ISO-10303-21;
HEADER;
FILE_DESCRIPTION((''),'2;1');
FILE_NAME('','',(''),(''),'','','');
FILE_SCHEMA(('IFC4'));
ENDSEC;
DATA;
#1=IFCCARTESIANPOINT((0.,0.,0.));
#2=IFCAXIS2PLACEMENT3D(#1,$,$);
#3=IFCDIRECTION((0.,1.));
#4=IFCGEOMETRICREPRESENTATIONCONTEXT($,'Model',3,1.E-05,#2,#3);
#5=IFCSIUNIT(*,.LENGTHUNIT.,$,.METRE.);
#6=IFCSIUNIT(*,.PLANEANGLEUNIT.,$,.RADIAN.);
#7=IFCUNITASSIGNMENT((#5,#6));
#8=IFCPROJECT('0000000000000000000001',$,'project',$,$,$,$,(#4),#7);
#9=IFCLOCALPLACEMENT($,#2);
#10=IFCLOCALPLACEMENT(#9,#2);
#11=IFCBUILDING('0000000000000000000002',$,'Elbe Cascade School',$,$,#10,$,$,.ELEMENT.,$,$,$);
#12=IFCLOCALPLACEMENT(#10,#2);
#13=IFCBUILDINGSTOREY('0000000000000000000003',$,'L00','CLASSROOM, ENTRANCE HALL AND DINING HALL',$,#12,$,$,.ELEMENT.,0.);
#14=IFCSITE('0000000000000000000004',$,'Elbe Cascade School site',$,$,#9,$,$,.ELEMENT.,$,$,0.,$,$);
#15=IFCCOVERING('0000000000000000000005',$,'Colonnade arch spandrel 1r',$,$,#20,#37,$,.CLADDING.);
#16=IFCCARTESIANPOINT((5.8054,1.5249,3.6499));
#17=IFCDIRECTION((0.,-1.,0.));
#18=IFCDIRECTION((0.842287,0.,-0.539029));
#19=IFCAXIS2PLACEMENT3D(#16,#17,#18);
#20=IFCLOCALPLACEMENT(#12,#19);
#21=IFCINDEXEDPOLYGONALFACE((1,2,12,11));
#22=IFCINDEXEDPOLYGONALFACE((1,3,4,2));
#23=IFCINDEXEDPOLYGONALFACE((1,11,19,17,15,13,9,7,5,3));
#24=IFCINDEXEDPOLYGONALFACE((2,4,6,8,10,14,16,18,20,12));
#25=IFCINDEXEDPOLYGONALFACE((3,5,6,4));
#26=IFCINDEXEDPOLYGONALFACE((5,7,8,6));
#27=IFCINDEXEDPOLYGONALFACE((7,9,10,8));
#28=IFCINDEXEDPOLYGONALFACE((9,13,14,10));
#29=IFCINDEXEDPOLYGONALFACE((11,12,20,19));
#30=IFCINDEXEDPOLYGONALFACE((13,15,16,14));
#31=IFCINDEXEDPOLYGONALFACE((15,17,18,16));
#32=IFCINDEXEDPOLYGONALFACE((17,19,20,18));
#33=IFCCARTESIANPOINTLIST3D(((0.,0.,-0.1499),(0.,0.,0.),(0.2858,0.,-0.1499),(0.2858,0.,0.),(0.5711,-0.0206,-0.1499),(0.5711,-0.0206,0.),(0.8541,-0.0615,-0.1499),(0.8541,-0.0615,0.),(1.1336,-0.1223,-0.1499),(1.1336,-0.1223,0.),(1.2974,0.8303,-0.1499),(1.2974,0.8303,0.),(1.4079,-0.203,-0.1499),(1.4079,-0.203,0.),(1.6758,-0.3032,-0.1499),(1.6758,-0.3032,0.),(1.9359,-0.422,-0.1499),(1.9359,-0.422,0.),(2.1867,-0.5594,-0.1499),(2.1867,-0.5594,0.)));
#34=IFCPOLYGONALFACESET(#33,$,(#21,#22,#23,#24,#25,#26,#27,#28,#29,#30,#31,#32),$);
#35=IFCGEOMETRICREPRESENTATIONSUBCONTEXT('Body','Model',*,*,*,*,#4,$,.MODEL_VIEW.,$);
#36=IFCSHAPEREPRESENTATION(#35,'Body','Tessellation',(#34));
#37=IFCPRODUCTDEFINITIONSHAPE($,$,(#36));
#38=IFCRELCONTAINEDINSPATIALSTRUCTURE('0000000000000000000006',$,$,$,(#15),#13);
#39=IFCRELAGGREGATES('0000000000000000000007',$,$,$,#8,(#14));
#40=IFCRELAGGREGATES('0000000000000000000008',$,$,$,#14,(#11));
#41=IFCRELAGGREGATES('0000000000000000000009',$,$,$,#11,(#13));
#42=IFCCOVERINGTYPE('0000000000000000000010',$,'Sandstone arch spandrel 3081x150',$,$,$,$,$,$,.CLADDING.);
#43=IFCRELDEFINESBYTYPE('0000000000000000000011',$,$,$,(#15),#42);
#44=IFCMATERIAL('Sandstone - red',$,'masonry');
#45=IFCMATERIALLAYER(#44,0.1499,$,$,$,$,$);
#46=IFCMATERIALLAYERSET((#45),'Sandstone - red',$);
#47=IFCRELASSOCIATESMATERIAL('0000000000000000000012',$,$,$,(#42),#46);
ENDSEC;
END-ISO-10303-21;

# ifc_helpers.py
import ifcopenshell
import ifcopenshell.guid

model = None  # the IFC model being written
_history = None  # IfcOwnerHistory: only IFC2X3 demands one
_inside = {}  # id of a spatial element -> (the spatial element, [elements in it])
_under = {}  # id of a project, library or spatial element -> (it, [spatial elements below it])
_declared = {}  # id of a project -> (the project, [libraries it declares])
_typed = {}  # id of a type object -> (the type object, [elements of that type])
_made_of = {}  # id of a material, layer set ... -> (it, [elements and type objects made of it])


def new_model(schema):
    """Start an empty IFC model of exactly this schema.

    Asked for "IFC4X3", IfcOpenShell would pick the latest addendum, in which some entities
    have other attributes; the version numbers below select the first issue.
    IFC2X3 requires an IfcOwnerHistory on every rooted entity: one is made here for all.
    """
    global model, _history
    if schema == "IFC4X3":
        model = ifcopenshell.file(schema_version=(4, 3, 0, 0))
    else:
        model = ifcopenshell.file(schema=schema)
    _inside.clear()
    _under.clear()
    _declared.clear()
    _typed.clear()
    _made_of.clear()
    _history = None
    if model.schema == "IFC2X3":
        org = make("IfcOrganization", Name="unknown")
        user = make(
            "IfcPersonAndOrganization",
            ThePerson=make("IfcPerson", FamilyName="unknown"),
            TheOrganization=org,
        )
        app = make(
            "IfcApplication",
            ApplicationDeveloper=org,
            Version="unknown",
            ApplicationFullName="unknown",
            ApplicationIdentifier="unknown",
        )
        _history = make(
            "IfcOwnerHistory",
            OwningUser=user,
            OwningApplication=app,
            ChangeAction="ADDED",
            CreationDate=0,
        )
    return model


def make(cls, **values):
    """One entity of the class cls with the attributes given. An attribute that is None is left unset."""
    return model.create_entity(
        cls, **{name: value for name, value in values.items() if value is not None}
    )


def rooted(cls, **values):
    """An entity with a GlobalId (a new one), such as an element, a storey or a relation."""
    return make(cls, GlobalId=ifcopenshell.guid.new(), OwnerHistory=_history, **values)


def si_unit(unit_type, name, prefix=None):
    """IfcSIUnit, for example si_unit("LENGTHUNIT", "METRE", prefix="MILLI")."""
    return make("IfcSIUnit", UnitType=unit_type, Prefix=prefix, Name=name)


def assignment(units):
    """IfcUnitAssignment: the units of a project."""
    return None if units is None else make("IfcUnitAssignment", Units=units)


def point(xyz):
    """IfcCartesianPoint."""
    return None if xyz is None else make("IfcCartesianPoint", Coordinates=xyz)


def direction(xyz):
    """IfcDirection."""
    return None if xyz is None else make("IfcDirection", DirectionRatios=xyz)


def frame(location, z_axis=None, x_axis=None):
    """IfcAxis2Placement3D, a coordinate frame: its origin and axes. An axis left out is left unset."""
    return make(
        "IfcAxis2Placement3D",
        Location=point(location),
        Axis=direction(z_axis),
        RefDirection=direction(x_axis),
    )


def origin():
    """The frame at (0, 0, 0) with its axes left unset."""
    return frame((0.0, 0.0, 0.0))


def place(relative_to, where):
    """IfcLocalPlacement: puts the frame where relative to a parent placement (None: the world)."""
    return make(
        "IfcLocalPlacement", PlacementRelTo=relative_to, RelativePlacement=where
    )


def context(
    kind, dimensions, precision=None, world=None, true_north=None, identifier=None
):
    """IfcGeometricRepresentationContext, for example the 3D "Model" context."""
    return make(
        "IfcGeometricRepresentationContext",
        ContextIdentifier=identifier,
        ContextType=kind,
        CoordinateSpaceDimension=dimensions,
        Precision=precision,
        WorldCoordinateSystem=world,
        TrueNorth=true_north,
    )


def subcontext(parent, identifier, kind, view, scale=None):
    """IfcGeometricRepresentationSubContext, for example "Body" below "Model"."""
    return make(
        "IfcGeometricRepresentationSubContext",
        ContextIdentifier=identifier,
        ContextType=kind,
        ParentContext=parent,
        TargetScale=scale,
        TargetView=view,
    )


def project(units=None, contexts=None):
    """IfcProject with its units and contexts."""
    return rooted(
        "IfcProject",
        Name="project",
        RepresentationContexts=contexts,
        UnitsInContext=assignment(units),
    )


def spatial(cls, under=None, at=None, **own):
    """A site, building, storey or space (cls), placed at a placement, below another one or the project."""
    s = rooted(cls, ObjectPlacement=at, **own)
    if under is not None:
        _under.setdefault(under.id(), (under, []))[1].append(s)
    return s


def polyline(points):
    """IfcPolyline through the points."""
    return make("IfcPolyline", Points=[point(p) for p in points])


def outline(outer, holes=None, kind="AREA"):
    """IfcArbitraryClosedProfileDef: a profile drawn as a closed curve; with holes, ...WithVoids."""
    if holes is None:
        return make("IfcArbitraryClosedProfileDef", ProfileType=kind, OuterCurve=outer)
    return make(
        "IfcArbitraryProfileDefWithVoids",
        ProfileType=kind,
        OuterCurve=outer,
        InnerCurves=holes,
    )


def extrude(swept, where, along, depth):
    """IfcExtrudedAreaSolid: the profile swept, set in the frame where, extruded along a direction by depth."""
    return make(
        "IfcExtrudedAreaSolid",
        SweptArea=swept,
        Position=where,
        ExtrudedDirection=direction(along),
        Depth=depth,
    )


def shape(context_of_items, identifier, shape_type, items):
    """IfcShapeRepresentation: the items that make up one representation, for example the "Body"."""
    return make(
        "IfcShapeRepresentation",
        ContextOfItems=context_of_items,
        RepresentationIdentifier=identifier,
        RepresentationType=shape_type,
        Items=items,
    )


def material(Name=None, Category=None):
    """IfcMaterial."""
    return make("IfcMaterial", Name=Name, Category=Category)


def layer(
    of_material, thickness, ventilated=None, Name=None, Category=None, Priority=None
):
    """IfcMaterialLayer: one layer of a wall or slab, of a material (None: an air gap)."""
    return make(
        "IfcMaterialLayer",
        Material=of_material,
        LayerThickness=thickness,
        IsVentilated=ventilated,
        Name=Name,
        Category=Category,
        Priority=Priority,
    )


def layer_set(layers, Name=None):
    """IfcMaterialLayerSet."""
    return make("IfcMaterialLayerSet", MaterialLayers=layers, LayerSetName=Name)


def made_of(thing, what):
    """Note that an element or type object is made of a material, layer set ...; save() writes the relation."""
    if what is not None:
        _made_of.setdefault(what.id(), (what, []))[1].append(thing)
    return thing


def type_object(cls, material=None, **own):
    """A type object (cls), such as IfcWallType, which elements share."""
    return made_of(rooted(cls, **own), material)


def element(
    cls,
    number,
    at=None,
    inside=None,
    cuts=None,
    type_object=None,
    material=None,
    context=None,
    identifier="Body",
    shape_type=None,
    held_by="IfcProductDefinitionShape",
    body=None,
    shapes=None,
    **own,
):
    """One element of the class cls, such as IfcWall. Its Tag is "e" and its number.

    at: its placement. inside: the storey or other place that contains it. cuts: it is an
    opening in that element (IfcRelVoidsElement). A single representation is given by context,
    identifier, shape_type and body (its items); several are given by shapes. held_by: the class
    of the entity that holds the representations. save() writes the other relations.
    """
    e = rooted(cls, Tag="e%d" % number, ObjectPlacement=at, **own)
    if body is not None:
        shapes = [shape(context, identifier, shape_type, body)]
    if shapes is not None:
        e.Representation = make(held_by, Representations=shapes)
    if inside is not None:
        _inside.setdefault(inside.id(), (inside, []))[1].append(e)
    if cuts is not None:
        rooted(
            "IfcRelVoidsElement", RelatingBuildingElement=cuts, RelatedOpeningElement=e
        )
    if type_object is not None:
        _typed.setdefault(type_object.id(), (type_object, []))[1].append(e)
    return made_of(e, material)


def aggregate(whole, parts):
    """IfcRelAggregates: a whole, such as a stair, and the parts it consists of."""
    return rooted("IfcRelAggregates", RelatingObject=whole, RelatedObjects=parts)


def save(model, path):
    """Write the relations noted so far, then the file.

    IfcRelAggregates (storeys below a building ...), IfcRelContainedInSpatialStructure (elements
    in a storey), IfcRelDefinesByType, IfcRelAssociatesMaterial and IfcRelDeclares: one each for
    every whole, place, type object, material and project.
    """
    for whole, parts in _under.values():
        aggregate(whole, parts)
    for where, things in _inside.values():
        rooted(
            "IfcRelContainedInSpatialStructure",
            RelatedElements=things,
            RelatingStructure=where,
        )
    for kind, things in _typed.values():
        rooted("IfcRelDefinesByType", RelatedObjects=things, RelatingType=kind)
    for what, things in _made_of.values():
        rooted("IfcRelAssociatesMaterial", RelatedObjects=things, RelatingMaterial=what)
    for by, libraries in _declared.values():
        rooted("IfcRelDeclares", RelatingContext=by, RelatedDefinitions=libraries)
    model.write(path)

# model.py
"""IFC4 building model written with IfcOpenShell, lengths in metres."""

from ifc_helpers import new_model, si_unit, direction, frame, origin, place, context, subcontext, project, spatial, polyline, outline, extrude, material, layer, layer_set, type_object, element, save


model = new_model("IFC4")

# Units and contexts
model_context = context("Model", 3, precision=1e-05, world=origin(), true_north=direction((0.0, 1.0)))
body_context = subcontext(model_context, "Body", "Model", "MODEL_VIEW")
ifc_project = project(units=[si_unit("LENGTHUNIT", "METRE"), si_unit("PLANEANGLEUNIT", "RADIAN")], contexts=[model_context])

# Site, building, storey
site_placement = place(None, origin())
site = spatial("IfcSite", under=ifc_project, at=site_placement, Name="Elbe Cascade School site", CompositionType="ELEMENT", RefElevation=0.0)
building_placement = place(site_placement, origin())
building = spatial("IfcBuilding", under=site, at=building_placement, Name="Elbe Cascade School", CompositionType="ELEMENT")
storey_placement = place(building_placement, origin())
storey = spatial("IfcBuildingStorey", under=building, at=storey_placement, Name="L00", Description="CLASSROOM, ENTRANCE HALL AND DINING HALL", CompositionType="ELEMENT", Elevation=0.0)

# Covering
ifc_material_1 = material(Name="Sandstone - red", Category="masonry")
ifc_layer_1 = layer(ifc_material_1, 0.1499)
ifc_layer_set_1 = layer_set([ifc_layer_1], Name="Sandstone - red")
covering_type = type_object("IfcCoveringType", Name="Sandstone arch spandrel 3081x150", PredefinedType="CLADDING", material=ifc_layer_set_1)
covering_placement = place(storey_placement, frame((5.8054, 1.5249, 3.6499), z_axis=(0.0, -1.0, 0.0), x_axis=(0.842287, 0.0, -0.539029)))
element("IfcCovering", 1, at=covering_placement, inside=storey, type_object=covering_type, Name="Colonnade arch spandrel 1r", PredefinedType="CLADDING", context=body_context, shape_type="SweptSolid", body=[
    extrude(outline(polyline([(0.0, 0.0), (0.2858, 0.0), (0.5711, -0.0206), (0.8541, -0.0615), (1.1336, -0.1223), (1.4079, -0.203), (1.6758, -0.3032), (1.9359, -0.422), (2.1867, -0.5594), (1.2974, 0.8303), (0.0, 0.0)])), origin(), (0.0, 0.0, -1.0), 0.1499),
])

save(model, "model.ifc")
